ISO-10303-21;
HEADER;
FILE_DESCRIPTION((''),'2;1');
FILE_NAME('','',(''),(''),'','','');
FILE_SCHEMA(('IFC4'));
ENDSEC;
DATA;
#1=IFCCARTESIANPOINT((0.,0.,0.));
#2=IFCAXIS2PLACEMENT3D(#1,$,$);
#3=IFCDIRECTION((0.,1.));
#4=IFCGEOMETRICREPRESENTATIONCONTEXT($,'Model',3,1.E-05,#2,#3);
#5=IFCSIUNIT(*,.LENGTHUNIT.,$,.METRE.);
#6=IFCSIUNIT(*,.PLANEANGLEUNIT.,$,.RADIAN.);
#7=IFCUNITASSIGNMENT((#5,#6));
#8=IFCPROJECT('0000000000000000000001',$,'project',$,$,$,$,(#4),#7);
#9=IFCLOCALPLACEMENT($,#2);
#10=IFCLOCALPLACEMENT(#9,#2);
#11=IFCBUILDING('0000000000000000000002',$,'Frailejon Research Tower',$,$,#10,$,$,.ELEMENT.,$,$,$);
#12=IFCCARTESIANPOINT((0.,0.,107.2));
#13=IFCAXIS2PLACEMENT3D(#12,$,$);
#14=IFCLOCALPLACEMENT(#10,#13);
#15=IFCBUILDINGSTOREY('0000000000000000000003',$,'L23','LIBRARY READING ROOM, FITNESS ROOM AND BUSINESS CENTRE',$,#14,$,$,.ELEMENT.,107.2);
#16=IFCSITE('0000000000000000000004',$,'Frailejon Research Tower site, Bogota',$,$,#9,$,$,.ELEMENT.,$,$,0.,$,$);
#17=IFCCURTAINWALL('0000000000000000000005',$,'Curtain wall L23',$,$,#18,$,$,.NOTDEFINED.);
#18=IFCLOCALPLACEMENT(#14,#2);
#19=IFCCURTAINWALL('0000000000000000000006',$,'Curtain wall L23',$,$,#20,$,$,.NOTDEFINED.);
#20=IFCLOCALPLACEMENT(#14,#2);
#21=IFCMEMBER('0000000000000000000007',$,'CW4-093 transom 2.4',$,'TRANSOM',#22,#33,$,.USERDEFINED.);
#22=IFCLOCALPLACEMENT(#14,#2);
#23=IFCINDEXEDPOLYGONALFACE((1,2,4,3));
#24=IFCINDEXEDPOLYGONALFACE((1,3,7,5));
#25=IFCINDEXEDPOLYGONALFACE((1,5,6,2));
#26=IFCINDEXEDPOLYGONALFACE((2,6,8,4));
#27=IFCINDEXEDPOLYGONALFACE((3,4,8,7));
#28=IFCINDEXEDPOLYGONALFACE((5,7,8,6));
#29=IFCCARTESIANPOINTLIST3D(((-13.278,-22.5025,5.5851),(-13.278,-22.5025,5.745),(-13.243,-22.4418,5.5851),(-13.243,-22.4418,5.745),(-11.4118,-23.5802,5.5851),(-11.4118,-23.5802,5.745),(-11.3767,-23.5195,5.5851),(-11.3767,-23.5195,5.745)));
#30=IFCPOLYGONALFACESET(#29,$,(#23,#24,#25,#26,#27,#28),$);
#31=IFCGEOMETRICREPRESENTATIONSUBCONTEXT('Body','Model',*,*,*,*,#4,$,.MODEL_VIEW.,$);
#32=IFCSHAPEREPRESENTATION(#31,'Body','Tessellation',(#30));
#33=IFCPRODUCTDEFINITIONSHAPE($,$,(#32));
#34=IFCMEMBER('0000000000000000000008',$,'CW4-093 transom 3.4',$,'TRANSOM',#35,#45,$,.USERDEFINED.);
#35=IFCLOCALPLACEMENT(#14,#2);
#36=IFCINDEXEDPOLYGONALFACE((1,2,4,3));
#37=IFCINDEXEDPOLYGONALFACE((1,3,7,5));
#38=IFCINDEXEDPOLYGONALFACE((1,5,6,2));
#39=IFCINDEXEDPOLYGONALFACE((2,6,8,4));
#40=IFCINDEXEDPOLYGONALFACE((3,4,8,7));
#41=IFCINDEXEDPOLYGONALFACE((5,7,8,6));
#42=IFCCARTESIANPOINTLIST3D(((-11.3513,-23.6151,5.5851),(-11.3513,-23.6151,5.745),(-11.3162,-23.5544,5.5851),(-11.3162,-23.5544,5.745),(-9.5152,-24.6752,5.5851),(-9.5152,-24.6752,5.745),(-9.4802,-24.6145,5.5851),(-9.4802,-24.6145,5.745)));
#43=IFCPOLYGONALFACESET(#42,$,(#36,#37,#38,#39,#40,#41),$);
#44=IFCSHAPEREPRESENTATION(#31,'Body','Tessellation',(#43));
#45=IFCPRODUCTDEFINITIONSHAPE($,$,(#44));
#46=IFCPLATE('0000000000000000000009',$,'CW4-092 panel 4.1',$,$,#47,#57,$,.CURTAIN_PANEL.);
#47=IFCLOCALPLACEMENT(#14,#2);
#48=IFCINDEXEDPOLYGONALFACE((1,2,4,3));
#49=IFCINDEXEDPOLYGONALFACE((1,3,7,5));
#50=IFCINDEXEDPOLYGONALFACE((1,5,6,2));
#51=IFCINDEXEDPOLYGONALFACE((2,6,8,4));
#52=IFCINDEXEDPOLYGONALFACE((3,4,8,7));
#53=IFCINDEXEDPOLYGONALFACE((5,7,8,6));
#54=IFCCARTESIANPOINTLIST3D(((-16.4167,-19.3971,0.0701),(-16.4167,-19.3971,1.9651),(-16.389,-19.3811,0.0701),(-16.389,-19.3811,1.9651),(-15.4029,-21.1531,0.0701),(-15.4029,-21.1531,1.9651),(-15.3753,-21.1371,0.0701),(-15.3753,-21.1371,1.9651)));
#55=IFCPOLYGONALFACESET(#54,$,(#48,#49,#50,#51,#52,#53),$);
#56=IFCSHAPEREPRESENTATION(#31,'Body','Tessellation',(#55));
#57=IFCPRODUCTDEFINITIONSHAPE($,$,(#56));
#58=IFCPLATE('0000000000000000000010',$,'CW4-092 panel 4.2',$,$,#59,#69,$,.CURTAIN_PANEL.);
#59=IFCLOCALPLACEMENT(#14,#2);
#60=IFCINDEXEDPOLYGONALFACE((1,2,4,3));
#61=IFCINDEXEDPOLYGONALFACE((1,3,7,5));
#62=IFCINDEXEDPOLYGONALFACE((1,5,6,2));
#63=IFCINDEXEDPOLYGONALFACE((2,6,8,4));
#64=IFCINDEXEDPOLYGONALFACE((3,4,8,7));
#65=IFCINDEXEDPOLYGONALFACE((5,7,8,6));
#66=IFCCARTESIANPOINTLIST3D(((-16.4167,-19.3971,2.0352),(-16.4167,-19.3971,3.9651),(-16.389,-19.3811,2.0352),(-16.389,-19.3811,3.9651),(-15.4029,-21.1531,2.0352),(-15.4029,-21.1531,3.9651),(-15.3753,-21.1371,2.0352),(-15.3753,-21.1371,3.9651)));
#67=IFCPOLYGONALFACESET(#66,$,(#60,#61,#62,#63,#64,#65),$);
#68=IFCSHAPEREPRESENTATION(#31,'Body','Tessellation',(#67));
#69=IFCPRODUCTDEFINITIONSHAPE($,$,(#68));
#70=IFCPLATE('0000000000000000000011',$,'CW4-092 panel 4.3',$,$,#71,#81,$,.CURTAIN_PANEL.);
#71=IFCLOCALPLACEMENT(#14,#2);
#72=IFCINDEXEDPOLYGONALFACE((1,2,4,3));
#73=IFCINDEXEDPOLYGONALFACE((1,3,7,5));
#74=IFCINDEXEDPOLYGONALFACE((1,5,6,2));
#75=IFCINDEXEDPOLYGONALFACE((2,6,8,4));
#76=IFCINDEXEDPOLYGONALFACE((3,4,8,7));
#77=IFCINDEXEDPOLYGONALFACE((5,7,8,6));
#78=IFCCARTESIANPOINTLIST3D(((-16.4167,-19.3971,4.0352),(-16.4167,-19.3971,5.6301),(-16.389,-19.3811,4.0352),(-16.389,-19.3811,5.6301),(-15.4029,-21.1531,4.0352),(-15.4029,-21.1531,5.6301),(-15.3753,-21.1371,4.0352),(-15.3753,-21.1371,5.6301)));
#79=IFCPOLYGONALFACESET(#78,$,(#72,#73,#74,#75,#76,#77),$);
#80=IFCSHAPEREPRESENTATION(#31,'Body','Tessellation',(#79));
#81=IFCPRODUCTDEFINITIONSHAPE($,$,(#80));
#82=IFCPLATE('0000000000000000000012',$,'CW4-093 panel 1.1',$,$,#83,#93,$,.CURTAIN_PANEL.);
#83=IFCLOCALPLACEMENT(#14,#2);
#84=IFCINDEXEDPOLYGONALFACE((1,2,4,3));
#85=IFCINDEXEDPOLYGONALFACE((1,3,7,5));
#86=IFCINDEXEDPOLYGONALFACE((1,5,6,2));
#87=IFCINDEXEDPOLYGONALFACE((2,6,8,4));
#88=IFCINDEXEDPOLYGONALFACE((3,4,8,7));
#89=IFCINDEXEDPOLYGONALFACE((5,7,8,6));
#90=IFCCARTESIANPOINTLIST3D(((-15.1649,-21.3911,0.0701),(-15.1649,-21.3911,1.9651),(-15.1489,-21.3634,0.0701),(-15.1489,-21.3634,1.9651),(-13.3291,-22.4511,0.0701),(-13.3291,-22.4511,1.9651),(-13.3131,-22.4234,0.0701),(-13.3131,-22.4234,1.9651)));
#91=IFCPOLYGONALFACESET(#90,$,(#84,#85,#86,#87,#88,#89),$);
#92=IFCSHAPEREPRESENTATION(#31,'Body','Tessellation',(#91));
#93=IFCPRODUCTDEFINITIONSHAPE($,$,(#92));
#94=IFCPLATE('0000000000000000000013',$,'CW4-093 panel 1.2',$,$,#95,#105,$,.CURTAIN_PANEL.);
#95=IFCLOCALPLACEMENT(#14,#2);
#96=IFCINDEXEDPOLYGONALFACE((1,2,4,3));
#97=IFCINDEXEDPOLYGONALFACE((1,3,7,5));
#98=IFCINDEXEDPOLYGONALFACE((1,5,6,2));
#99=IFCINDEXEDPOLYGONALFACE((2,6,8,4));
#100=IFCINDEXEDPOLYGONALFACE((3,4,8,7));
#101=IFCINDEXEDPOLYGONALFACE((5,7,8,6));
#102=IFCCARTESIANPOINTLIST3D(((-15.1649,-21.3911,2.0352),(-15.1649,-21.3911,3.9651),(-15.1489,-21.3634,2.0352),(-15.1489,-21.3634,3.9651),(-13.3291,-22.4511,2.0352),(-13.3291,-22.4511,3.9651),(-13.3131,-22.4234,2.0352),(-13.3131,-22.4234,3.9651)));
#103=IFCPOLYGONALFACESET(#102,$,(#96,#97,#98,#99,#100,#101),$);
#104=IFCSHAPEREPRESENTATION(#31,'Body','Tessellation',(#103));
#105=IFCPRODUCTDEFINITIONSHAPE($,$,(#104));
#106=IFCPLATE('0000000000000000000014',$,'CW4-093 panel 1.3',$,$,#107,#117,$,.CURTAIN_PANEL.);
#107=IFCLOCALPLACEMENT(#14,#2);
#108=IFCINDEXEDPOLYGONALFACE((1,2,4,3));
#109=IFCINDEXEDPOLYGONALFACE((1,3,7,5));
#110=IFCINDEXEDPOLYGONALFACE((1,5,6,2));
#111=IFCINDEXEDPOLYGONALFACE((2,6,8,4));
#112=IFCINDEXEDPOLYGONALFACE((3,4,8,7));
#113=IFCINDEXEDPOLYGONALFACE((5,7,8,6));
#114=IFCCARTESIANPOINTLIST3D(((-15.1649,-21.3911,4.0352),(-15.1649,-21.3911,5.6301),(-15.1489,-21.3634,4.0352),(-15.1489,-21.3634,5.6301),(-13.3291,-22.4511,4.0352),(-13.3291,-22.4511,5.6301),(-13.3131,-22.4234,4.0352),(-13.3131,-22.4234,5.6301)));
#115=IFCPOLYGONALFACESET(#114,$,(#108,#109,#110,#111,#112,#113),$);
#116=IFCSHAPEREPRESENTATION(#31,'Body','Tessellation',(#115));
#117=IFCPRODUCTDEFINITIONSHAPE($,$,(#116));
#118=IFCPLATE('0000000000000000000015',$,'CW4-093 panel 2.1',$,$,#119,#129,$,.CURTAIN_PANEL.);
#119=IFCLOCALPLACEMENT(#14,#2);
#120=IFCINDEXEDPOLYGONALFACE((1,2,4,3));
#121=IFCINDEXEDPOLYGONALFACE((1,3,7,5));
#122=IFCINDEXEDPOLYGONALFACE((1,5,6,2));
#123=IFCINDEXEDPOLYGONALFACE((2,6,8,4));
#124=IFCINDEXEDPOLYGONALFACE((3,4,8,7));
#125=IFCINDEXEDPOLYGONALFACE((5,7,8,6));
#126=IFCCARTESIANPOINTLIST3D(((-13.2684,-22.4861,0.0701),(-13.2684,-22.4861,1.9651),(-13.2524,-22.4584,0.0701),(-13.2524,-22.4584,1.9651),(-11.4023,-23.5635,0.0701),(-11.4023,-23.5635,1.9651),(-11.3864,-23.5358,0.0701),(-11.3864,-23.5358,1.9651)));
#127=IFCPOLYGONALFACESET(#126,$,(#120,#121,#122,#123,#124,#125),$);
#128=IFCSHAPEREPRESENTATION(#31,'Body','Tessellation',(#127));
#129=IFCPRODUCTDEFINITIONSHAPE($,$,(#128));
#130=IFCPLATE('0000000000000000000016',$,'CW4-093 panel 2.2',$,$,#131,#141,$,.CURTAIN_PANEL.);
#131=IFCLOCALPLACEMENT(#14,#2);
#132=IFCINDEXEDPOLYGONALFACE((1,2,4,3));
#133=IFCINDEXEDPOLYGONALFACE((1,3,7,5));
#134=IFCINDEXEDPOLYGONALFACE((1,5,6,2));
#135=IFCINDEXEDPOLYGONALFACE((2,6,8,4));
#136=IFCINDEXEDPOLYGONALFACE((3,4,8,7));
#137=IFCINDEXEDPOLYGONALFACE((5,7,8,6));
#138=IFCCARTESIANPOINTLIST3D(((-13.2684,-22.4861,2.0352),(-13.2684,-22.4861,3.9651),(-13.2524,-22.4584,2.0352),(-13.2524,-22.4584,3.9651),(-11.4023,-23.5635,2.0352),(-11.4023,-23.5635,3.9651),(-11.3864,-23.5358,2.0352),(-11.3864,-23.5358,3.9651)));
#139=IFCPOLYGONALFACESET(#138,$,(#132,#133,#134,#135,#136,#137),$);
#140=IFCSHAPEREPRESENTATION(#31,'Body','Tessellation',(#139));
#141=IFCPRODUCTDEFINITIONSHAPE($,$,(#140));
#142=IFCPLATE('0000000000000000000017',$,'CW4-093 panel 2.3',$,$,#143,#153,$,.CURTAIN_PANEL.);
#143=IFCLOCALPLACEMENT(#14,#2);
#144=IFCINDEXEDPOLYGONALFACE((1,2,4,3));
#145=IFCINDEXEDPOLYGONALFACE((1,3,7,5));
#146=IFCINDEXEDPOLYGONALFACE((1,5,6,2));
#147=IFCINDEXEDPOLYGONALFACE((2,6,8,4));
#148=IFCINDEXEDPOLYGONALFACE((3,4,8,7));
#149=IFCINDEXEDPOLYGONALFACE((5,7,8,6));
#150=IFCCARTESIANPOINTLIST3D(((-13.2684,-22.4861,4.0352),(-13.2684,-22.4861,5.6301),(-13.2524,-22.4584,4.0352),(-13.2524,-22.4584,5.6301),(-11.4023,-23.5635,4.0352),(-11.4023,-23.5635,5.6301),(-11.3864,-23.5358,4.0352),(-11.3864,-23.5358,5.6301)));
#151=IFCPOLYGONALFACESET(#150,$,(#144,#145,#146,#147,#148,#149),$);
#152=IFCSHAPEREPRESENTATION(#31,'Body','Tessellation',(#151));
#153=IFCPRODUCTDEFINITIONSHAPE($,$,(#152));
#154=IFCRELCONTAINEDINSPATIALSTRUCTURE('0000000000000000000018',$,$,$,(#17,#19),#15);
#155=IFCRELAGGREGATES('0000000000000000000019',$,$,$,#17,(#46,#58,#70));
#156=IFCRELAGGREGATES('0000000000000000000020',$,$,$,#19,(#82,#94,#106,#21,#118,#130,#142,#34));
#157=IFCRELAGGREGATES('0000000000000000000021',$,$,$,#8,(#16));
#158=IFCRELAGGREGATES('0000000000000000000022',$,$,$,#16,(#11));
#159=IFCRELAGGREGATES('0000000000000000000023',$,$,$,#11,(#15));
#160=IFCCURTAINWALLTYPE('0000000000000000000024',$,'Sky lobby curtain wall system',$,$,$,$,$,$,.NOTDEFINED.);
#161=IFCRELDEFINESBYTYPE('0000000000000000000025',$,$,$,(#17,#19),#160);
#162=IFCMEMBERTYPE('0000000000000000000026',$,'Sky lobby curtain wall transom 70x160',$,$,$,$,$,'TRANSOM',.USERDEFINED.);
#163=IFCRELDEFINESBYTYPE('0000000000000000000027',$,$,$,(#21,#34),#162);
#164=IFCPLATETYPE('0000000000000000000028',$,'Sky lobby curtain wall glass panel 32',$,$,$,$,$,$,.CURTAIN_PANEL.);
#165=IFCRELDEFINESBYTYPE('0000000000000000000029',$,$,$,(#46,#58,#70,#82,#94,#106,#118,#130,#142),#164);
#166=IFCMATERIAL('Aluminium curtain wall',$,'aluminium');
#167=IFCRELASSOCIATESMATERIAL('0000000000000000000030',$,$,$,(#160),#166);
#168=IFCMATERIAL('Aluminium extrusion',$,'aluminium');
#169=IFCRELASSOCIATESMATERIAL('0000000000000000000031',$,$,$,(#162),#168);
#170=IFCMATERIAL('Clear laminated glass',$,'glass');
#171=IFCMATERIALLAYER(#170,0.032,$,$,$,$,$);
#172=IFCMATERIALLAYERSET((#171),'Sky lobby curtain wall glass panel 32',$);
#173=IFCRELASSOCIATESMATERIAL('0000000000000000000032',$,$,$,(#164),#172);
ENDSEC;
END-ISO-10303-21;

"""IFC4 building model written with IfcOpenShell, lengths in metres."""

from ifc_helpers import new_model, si_unit, direction, frame, origin, origin_2d, place, context, subcontext, project, spatial, rectangle, extrude, material, layer, layer_set, material_profile, profile_set, type_object, element, aggregate, save


model = new_model("IFC4")

# Units and contexts
model_context = context("Model", 3, precision=1e-05, world=origin(), true_north=direction((0.0, 1.0)))
body_context = subcontext(model_context, "Body", "Model", "MODEL_VIEW")
ifc_project = project(units=[si_unit("LENGTHUNIT", "METRE"), si_unit("PLANEANGLEUNIT", "RADIAN")], contexts=[model_context])

# Site, building, storey
site_placement = place(None, origin())
site = spatial("IfcSite", under=ifc_project, at=site_placement, Name="Frailejon Research Tower site, Bogota", CompositionType="ELEMENT", RefElevation=0.0)
building_placement = place(site_placement, origin())
building = spatial("IfcBuilding", under=site, at=building_placement, Name="Frailejon Research Tower", CompositionType="ELEMENT")
storey_placement = place(building_placement, frame((0.0, 0.0, 107.2)))
storey = spatial("IfcBuildingStorey", under=building, at=storey_placement, Name="L23", Description="LIBRARY READING ROOM, FITNESS ROOM AND BUSINESS CENTRE", CompositionType="ELEMENT", Elevation=107.2)

# Curtain wall
ifc_material_1 = material(Name="Aluminium curtain wall", Category="aluminium")
curtain_wall_type = type_object("IfcCurtainWallType", Name="Sky lobby curtain wall system", PredefinedType="NOTDEFINED", material=ifc_material_1)
curtain_wall_1_placement = place(storey_placement, origin())
curtain_wall_1 = element("IfcCurtainWall", 1, at=curtain_wall_1_placement, inside=storey, type_object=curtain_wall_type, Name="Curtain wall L23", PredefinedType="NOTDEFINED")

# Curtain wall
curtain_wall_2_placement = place(storey_placement, origin())
curtain_wall_2 = element("IfcCurtainWall", 2, at=curtain_wall_2_placement, inside=storey, type_object=curtain_wall_type, Name="Curtain wall L23", PredefinedType="NOTDEFINED")

# Members
ifc_material_2 = material(Name="Aluminium extrusion", Category="aluminium")
ifc_material_profile_1 = material_profile(ifc_material_2, rectangle(XDim=0.0701, YDim=0.1599, at=origin_2d()), Name="Sky lobby curtain wall transom 70x160")
ifc_profile_set_1 = profile_set([ifc_material_profile_1], Name="Aluminium extrusion")
member_type_1 = type_object("IfcMemberType", Name="Sky lobby curtain wall transom 70x160", ElementType="TRANSOM", PredefinedType="USERDEFINED", material=ifc_profile_set_1)
member_1_placement = place(storey_placement, frame((-13.2605, -22.4722, 5.665), z_axis=(0.865989, -0.500062, 0.0), x_axis=(0.500062, 0.865989, 0.0)))
member_1 = element("IfcMember", 3, at=member_1_placement, type_object=member_type_1, Name="CW4-093 transom 2.4", ObjectType="TRANSOM", PredefinedType="USERDEFINED", context=body_context, shape_type="SweptSolid", body=[
    extrude(rectangle(XDim=0.0701, YDim=0.1599, at=origin_2d()), origin(), (0.0, 0.0, 1.0), 2.155),
])
member_2_placement = place(storey_placement, frame((-11.3337, -23.5847, 5.665), z_axis=(0.866009, -0.500028, 0.0), x_axis=(0.500028, 0.866009, 0.0)))
member_2 = element("IfcMember", 4, at=member_2_placement, type_object=member_type_1, Name="CW4-093 transom 3.4", ObjectType="TRANSOM", PredefinedType="USERDEFINED", context=body_context, shape_type="SweptSolid", body=[
    extrude(rectangle(XDim=0.0701, YDim=0.1599, at=origin_2d()), origin(), (0.0, 0.0, 1.0), 2.1201),
])

# Plates
ifc_material_3 = material(Name="Clear laminated glass", Category="glass")
ifc_layer = layer(ifc_material_3, 0.032)
ifc_layer_set = layer_set([ifc_layer], Name="Sky lobby curtain wall glass panel 32")
plate_type = type_object("IfcPlateType", Name="Sky lobby curtain wall glass panel 32", PredefinedType="CURTAIN_PANEL", material=ifc_layer_set)
plate_1_placement = place(storey_placement, frame((-15.896, -20.2671, 0.0701), z_axis=(0.0, 0.0, 1.0), x_axis=(0.5, -0.866026, 0.0)))
plate_1 = element("IfcPlate", 5, at=plate_1_placement, type_object=plate_type, Name="CW4-092 panel 4.1", PredefinedType="CURTAIN_PANEL", context=body_context, shape_type="SweptSolid", body=[
    extrude(rectangle(XDim=2.0276, YDim=0.032, at=origin_2d()), origin(), (0.0, 0.0, 1.0), 1.895),
])
plate_2_placement = place(storey_placement, frame((-15.896, -20.2671, 2.0352), z_axis=(0.0, 0.0, 1.0), x_axis=(0.5, -0.866026, 0.0)))
plate_2 = element("IfcPlate", 6, at=plate_2_placement, type_object=plate_type, Name="CW4-092 panel 4.2", PredefinedType="CURTAIN_PANEL", context=body_context, shape_type="SweptSolid", body=[
    extrude(rectangle(XDim=2.0276, YDim=0.032, at=origin_2d()), origin(), (0.0, 0.0, 1.0), 1.9299),
])
plate_3_placement = place(storey_placement, frame((-15.896, -20.2671, 4.0352), z_axis=(0.0, 0.0, 1.0), x_axis=(0.5, -0.866026, 0.0)))
plate_3 = element("IfcPlate", 7, at=plate_3_placement, type_object=plate_type, Name="CW4-092 panel 4.3", PredefinedType="CURTAIN_PANEL", context=body_context, shape_type="SweptSolid", body=[
    extrude(rectangle(XDim=2.0276, YDim=0.032, at=origin_2d()), origin(), (0.0, 0.0, 1.0), 1.595),
])
aggregate(curtain_wall_1, [plate_1, plate_2, plate_3])
plate_4_placement = place(storey_placement, frame((-14.239, -21.9072, 0.0701), z_axis=(0.0, 0.0, 1.0), x_axis=(0.86602, -0.500009, 0.0)))
plate_4 = element("IfcPlate", 8, at=plate_4_placement, type_object=plate_type, Name="CW4-093 panel 1.1", PredefinedType="CURTAIN_PANEL", context=body_context, shape_type="SweptSolid", body=[
    extrude(rectangle(XDim=2.1199, YDim=0.032, at=origin_2d()), origin(), (0.0, 0.0, 1.0), 1.895),
])
plate_5_placement = place(storey_placement, frame((-14.239, -21.9072, 2.0352), z_axis=(0.0, 0.0, 1.0), x_axis=(0.86602, -0.500009, 0.0)))
plate_5 = element("IfcPlate", 9, at=plate_5_placement, type_object=plate_type, Name="CW4-093 panel 1.2", PredefinedType="CURTAIN_PANEL", context=body_context, shape_type="SweptSolid", body=[
    extrude(rectangle(XDim=2.1199, YDim=0.032, at=origin_2d()), origin(), (0.0, 0.0, 1.0), 1.9299),
])
plate_6_placement = place(storey_placement, frame((-14.239, -21.9072, 4.0352), z_axis=(0.0, 0.0, 1.0), x_axis=(0.86602, -0.500009, 0.0)))
plate_6 = element("IfcPlate", 10, at=plate_6_placement, type_object=plate_type, Name="CW4-093 panel 1.3", PredefinedType="CURTAIN_PANEL", context=body_context, shape_type="SweptSolid", body=[
    extrude(rectangle(XDim=2.1199, YDim=0.032, at=origin_2d()), origin(), (0.0, 0.0, 1.0), 1.595),
])
plate_7_placement = place(storey_placement, frame((-12.3274, -23.011, 0.0701), z_axis=(0.0, 0.0, 1.0), x_axis=(0.86602, -0.500009, 0.0)))
plate_7 = element("IfcPlate", 11, at=plate_7_placement, type_object=plate_type, Name="CW4-093 panel 2.1", PredefinedType="CURTAIN_PANEL", context=body_context, shape_type="SweptSolid", body=[
    extrude(rectangle(XDim=2.1548, YDim=0.032, at=origin_2d()), origin(), (0.0, 0.0, 1.0), 1.895),
])
plate_8_placement = place(storey_placement, frame((-12.3274, -23.011, 2.0352), z_axis=(0.0, 0.0, 1.0), x_axis=(0.86602, -0.500009, 0.0)))
plate_8 = element("IfcPlate", 12, at=plate_8_placement, type_object=plate_type, Name="CW4-093 panel 2.2", PredefinedType="CURTAIN_PANEL", context=body_context, shape_type="SweptSolid", body=[
    extrude(rectangle(XDim=2.1548, YDim=0.032, at=origin_2d()), origin(), (0.0, 0.0, 1.0), 1.9299),
])
plate_9_placement = place(storey_placement, frame((-12.3274, -23.011, 4.0352), z_axis=(0.0, 0.0, 1.0), x_axis=(0.86602, -0.500009, 0.0)))
plate_9 = element("IfcPlate", 13, at=plate_9_placement, type_object=plate_type, Name="CW4-093 panel 2.3", PredefinedType="CURTAIN_PANEL", context=body_context, shape_type="SweptSolid", body=[
    extrude(rectangle(XDim=2.1548, YDim=0.032, at=origin_2d()), origin(), (0.0, 0.0, 1.0), 1.595),
])
aggregate(curtain_wall_2, [plate_4, plate_5, plate_6, member_1, plate_7, plate_8, plate_9, member_2])

save(model, "model.ifc")
